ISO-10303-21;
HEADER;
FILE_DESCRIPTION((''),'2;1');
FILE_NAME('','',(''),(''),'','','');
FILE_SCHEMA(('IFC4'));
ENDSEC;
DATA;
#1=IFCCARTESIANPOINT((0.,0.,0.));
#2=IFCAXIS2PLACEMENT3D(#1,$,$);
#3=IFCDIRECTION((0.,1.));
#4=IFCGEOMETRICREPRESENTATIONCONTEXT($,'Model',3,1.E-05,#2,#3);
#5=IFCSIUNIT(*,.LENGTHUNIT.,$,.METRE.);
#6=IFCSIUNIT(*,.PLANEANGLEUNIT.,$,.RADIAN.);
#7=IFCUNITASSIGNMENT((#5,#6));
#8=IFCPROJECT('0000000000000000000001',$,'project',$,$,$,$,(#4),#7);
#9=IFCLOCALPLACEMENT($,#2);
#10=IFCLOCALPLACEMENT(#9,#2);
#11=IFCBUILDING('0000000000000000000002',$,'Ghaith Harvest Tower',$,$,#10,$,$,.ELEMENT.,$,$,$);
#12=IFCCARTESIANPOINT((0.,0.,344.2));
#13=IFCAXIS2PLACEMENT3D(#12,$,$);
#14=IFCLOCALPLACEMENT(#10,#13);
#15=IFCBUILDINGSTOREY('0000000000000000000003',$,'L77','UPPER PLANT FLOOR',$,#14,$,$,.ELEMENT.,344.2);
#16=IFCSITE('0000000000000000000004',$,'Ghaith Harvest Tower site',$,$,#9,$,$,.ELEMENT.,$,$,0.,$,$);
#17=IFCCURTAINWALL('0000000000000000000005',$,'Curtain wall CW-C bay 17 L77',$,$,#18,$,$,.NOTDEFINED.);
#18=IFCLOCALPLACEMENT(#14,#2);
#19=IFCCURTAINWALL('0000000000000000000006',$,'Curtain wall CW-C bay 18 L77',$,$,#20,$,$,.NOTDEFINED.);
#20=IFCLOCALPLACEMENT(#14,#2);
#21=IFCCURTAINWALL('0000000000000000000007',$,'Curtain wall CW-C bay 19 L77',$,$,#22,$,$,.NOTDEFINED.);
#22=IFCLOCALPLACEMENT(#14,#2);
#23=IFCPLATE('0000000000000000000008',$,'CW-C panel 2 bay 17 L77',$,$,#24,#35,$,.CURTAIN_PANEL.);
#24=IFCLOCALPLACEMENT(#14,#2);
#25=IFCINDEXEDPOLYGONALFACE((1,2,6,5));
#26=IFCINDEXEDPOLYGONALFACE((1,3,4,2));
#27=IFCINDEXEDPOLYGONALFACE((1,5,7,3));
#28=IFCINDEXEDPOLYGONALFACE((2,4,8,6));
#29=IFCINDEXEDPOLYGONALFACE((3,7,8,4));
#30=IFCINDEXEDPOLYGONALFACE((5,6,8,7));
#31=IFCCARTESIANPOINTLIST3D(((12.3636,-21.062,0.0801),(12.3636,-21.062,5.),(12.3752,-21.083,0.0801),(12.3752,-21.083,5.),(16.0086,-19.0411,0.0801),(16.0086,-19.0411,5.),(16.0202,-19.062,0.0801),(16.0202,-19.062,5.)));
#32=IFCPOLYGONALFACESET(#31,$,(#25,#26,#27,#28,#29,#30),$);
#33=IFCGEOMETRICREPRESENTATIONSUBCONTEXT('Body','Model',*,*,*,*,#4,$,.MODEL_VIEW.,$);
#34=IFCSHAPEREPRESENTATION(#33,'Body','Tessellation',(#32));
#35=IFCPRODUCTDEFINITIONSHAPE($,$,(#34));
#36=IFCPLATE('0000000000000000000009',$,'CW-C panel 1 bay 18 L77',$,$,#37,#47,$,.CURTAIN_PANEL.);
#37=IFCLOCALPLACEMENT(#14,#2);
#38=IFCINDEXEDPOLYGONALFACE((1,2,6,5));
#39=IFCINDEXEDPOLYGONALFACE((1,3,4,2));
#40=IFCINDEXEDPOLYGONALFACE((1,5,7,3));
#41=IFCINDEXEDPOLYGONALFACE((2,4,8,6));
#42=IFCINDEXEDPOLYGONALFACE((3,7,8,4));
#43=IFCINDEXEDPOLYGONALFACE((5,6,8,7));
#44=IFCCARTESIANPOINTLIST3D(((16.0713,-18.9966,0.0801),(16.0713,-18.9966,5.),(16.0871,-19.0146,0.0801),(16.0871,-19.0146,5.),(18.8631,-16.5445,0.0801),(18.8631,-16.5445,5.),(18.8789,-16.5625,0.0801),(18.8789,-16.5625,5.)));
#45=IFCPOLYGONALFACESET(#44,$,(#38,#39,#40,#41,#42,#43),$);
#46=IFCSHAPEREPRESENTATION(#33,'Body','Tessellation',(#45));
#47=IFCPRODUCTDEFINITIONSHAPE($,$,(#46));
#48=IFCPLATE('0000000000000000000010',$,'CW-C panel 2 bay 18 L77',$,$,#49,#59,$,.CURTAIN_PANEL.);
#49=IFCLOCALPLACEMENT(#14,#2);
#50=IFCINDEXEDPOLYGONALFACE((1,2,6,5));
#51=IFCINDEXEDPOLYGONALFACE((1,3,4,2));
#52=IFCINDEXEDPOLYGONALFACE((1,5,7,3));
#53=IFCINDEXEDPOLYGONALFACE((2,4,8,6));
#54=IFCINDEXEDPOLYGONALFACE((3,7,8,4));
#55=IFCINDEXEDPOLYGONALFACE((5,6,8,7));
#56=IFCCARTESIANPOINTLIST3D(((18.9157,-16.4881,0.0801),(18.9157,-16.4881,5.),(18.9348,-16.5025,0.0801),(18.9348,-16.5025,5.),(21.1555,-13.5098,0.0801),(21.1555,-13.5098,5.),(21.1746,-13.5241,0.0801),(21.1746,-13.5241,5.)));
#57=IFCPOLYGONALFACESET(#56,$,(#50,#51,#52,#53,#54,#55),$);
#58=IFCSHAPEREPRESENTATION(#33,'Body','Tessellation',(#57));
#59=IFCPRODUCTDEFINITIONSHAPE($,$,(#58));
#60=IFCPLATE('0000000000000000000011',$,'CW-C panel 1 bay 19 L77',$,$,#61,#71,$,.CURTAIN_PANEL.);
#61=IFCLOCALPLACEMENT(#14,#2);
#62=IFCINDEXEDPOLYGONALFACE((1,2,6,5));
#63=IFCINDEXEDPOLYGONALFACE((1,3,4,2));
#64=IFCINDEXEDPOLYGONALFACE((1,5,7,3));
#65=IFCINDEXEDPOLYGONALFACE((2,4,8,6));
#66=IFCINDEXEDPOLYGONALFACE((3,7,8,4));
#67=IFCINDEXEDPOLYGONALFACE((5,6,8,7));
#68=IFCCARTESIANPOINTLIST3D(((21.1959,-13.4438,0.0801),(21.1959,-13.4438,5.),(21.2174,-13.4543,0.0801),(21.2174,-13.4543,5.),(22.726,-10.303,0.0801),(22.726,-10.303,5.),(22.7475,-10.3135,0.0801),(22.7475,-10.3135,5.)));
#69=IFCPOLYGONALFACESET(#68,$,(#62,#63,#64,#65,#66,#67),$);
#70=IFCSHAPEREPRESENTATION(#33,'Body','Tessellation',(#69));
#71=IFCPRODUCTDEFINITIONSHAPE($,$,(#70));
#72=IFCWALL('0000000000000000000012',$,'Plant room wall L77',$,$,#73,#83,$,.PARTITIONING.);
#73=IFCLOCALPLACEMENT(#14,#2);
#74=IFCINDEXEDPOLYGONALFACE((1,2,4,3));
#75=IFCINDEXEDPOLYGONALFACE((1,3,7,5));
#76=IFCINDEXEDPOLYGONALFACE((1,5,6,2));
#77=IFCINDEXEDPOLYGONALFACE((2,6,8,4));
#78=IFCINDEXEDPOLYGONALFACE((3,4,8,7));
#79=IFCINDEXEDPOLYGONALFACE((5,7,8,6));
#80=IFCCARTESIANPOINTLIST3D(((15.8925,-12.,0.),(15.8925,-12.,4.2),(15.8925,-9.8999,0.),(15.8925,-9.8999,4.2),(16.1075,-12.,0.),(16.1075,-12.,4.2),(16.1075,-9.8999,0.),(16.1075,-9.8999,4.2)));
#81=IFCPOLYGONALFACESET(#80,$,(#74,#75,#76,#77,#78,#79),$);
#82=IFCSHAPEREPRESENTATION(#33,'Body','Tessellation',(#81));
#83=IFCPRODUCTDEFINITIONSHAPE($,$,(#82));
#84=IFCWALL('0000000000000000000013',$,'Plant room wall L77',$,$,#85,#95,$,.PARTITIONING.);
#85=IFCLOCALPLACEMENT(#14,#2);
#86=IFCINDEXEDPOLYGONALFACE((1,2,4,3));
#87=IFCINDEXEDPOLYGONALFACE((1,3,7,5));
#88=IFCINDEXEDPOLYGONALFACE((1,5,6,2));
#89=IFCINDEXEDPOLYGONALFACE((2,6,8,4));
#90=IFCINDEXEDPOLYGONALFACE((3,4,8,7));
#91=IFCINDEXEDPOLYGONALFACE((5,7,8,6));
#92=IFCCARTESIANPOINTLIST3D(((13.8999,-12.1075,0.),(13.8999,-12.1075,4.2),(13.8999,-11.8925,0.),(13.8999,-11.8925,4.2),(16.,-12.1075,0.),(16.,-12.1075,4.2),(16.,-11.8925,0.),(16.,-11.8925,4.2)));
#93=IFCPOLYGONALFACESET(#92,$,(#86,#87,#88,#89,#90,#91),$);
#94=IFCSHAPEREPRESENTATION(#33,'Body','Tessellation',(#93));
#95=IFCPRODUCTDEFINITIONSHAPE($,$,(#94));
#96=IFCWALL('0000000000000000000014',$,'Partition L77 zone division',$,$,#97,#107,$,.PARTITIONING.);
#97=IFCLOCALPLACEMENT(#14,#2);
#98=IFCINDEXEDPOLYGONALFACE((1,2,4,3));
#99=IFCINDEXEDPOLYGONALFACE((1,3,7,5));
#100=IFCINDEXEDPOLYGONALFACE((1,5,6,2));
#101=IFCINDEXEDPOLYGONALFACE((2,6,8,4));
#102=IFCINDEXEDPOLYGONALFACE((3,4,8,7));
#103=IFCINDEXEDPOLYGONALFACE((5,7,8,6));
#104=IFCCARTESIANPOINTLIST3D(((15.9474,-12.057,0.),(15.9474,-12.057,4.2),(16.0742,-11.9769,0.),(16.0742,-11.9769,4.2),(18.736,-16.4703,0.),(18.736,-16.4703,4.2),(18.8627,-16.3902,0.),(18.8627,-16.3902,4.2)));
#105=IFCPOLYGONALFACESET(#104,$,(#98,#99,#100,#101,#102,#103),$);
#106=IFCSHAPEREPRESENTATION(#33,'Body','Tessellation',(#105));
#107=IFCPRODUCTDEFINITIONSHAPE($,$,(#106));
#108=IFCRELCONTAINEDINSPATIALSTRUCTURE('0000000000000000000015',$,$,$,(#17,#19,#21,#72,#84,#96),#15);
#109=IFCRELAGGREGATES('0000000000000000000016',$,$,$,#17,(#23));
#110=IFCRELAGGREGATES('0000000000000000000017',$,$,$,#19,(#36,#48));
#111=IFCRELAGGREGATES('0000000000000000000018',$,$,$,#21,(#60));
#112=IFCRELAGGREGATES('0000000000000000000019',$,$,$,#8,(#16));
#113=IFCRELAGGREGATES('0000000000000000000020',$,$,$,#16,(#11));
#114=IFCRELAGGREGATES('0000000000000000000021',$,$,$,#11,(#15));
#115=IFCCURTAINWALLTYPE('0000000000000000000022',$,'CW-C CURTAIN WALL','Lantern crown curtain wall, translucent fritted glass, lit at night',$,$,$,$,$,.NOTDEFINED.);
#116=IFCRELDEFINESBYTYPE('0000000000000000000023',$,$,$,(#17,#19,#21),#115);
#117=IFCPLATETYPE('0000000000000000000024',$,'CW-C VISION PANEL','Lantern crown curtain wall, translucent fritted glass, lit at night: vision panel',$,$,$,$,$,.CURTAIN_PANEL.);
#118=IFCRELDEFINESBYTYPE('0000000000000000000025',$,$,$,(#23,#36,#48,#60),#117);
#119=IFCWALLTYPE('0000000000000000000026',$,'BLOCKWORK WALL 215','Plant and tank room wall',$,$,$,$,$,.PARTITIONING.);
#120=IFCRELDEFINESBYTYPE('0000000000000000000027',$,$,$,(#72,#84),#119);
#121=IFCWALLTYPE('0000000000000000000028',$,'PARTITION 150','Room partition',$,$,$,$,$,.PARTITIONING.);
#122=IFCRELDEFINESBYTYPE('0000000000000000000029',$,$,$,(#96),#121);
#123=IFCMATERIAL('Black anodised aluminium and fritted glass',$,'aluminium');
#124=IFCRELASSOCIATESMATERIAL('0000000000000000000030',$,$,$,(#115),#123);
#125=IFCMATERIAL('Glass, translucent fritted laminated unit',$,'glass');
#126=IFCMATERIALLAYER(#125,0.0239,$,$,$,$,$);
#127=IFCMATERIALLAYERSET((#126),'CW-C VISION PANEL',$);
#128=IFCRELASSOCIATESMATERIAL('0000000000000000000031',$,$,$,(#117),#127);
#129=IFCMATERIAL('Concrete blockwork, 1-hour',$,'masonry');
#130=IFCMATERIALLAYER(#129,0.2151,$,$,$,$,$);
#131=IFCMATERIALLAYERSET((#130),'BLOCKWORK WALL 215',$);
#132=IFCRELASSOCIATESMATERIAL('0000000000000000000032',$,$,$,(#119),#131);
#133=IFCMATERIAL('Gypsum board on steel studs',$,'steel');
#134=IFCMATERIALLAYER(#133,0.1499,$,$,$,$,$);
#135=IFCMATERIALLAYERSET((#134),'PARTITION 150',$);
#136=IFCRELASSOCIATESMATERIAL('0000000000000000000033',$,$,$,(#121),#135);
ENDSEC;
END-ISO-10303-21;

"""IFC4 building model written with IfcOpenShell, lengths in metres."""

from ifc_helpers import new_model, si_unit, direction, frame, frame_2d, origin, origin_2d, place, context, subcontext, project, spatial, rectangle, extrude, material, layer, layer_set, type_object, element, aggregate, save


model = new_model("IFC4")

# Units and contexts
model_context = context("Model", 3, precision=1e-05, world=origin(), true_north=direction((0.0, 1.0)))
body_context = subcontext(model_context, "Body", "Model", "MODEL_VIEW")
ifc_project = project(units=[si_unit("LENGTHUNIT", "METRE"), si_unit("PLANEANGLEUNIT", "RADIAN")], contexts=[model_context])

# Site, building, storey
site_placement = place(None, origin())
site = spatial("IfcSite", under=ifc_project, at=site_placement, Name="Ghaith Harvest Tower site", CompositionType="ELEMENT", RefElevation=0.0)
building_placement = place(site_placement, origin())
building = spatial("IfcBuilding", under=site, at=building_placement, Name="Ghaith Harvest Tower", CompositionType="ELEMENT")
storey_placement = place(building_placement, frame((0.0, 0.0, 344.2)))
storey = spatial("IfcBuildingStorey", under=building, at=storey_placement, Name="L77", Description="UPPER PLANT FLOOR", CompositionType="ELEMENT", Elevation=344.2)

# Curtain wall
ifc_material_1 = material(Name="Black anodised aluminium and fritted glass", Category="aluminium")
curtain_wall_type = type_object("IfcCurtainWallType", Name="CW-C CURTAIN WALL", Description="Lantern crown curtain wall, translucent fritted glass, lit at night", PredefinedType="NOTDEFINED", material=ifc_material_1)
curtain_wall_1_placement = place(storey_placement, origin())
curtain_wall_1 = element("IfcCurtainWall", 1, at=curtain_wall_1_placement, inside=storey, type_object=curtain_wall_type, Name="Curtain wall CW-C bay 17 L77", PredefinedType="NOTDEFINED")

# Curtain walls
curtain_wall_2_placement = place(storey_placement, origin())
curtain_wall_2 = element("IfcCurtainWall", 2, at=curtain_wall_2_placement, inside=storey, type_object=curtain_wall_type, Name="Curtain wall CW-C bay 18 L77", PredefinedType="NOTDEFINED")
curtain_wall_3_placement = place(storey_placement, origin())
curtain_wall_3 = element("IfcCurtainWall", 3, at=curtain_wall_3_placement, inside=storey, type_object=curtain_wall_type, Name="Curtain wall CW-C bay 19 L77", PredefinedType="NOTDEFINED")

# Plates
ifc_material_2 = material(Name="Glass, translucent fritted laminated unit", Category="glass")
ifc_layer_1 = layer(ifc_material_2, 0.0239)
ifc_layer_set_1 = layer_set([ifc_layer_1], Name="CW-C VISION PANEL")
plate_type = type_object("IfcPlateType", Name="CW-C VISION PANEL", Description="Lantern crown curtain wall, translucent fritted glass, lit at night: vision panel", PredefinedType="CURTAIN_PANEL", material=ifc_layer_set_1)
plate_1_placement = place(storey_placement, frame((14.1919, -20.062, 0.0801), z_axis=(0.0, 0.0, 1.0), x_axis=(0.874564, 0.48491, 0.0)))
plate_1 = element("IfcPlate", 4, at=plate_1_placement, type_object=plate_type, Name="CW-C panel 2 bay 17 L77", PredefinedType="CURTAIN_PANEL", context=body_context, shape_type="SweptSolid", body=[
    extrude(rectangle(XDim=4.1677, YDim=0.0239, at=origin_2d()), origin(), (0.0, 0.0, 1.0), 4.9199),
])
aggregate(curtain_wall_1, [plate_1])
plate_2_placement = place(storey_placement, frame((17.4751, -17.7795, 0.0801), z_axis=(0.0, 0.0, 1.0), x_axis=(0.751335, 0.659922, 0.0)))
plate_2 = element("IfcPlate", 5, at=plate_2_placement, type_object=plate_type, Name="CW-C panel 1 bay 18 L77", PredefinedType="CURTAIN_PANEL", context=body_context, shape_type="SweptSolid", body=[
    extrude(rectangle(XDim=3.7158, YDim=0.0239, at=origin_2d()), origin(), (0.0, 0.0, 1.0), 4.9199),
])
plate_3_placement = place(storey_placement, frame((20.0452, -15.0061, 0.0801), z_axis=(0.0, 0.0, 1.0), x_axis=(0.601048, 0.799213, 0.0)))
plate_3 = element("IfcPlate", 6, at=plate_3_placement, type_object=plate_type, Name="CW-C panel 2 bay 18 L77", PredefinedType="CURTAIN_PANEL", context=body_context, shape_type="SweptSolid", body=[
    extrude(rectangle(XDim=3.7266, YDim=0.0239, at=origin_2d()), origin(), (0.0, 0.0, 1.0), 4.9199),
])
aggregate(curtain_wall_2, [plate_2, plate_3])
plate_4_placement = place(storey_placement, frame((21.9717, -11.8787, 0.0801), z_axis=(0.0, 0.0, 1.0), x_axis=(0.437968, 0.89899, 0.0)))
plate_4 = element("IfcPlate", 7, at=plate_4_placement, type_object=plate_type, Name="CW-C panel 1 bay 19 L77", PredefinedType="CURTAIN_PANEL", context=body_context, shape_type="SweptSolid", body=[
    extrude(rectangle(XDim=3.4937, YDim=0.0239, at=origin_2d()), origin(), (0.0, 0.0, 1.0), 4.9199),
])
aggregate(curtain_wall_3, [plate_4])

# Walls
ifc_material_3 = material(Name="Concrete blockwork, 1-hour", Category="masonry")
ifc_layer_2 = layer(ifc_material_3, 0.2151)
ifc_layer_set_2 = layer_set([ifc_layer_2], Name="BLOCKWORK WALL 215")
wall_type_1 = type_object("IfcWallType", Name="BLOCKWORK WALL 215", Description="Plant and tank room wall", PredefinedType="PARTITIONING", material=ifc_layer_set_2)
for number, where, z_axis, x_axis, name in (
    (8, (16.0, -12.0, 0.0), (0.0, 0.0, 1.0), (0.0, 1.0, 0.0), "Plant room wall L77"),
    (9, (13.8999, -12.0, 0.0), (0.0, 0.0, 1.0), (1.0, 0.0, 0.0), "Plant room wall L77"),
):
    element("IfcWall", number, at=place(storey_placement, frame(where, z_axis=z_axis, x_axis=x_axis)), inside=storey, type_object=wall_type_1, Name=name, PredefinedType="PARTITIONING", context=body_context, shape_type="SweptSolid", body=[
        extrude(rectangle(XDim=2.1001, YDim=0.2151, at=frame_2d((1.05, 0.0))), origin(), (0.0, 0.0, 1.0), 4.2),
    ])
ifc_material_4 = material(Name="Gypsum board on steel studs", Category="steel")
ifc_layer_3 = layer(ifc_material_4, 0.1499)
ifc_layer_set_3 = layer_set([ifc_layer_3], Name="PARTITION 150")
wall_type_2 = type_object("IfcWallType", Name="PARTITION 150", Description="Room partition", PredefinedType="PARTITIONING", material=ifc_layer_set_3)
wall_placement = place(storey_placement, frame((16.0107, -12.0168, 0.0), z_axis=(0.0, 0.0, 1.0), x_axis=(0.534158, -0.845384, 0.0)))
element("IfcWall", 10, at=wall_placement, inside=storey, type_object=wall_type_2, Name="Partition L77 zone division", PredefinedType="PARTITIONING", context=body_context, shape_type="SweptSolid", body=[
    extrude(rectangle(XDim=5.2205, YDim=0.1499, at=frame_2d((2.6104, 0.0))), origin(), (0.0, 0.0, 1.0), 4.2),
])

save(model, "model.ifc")
